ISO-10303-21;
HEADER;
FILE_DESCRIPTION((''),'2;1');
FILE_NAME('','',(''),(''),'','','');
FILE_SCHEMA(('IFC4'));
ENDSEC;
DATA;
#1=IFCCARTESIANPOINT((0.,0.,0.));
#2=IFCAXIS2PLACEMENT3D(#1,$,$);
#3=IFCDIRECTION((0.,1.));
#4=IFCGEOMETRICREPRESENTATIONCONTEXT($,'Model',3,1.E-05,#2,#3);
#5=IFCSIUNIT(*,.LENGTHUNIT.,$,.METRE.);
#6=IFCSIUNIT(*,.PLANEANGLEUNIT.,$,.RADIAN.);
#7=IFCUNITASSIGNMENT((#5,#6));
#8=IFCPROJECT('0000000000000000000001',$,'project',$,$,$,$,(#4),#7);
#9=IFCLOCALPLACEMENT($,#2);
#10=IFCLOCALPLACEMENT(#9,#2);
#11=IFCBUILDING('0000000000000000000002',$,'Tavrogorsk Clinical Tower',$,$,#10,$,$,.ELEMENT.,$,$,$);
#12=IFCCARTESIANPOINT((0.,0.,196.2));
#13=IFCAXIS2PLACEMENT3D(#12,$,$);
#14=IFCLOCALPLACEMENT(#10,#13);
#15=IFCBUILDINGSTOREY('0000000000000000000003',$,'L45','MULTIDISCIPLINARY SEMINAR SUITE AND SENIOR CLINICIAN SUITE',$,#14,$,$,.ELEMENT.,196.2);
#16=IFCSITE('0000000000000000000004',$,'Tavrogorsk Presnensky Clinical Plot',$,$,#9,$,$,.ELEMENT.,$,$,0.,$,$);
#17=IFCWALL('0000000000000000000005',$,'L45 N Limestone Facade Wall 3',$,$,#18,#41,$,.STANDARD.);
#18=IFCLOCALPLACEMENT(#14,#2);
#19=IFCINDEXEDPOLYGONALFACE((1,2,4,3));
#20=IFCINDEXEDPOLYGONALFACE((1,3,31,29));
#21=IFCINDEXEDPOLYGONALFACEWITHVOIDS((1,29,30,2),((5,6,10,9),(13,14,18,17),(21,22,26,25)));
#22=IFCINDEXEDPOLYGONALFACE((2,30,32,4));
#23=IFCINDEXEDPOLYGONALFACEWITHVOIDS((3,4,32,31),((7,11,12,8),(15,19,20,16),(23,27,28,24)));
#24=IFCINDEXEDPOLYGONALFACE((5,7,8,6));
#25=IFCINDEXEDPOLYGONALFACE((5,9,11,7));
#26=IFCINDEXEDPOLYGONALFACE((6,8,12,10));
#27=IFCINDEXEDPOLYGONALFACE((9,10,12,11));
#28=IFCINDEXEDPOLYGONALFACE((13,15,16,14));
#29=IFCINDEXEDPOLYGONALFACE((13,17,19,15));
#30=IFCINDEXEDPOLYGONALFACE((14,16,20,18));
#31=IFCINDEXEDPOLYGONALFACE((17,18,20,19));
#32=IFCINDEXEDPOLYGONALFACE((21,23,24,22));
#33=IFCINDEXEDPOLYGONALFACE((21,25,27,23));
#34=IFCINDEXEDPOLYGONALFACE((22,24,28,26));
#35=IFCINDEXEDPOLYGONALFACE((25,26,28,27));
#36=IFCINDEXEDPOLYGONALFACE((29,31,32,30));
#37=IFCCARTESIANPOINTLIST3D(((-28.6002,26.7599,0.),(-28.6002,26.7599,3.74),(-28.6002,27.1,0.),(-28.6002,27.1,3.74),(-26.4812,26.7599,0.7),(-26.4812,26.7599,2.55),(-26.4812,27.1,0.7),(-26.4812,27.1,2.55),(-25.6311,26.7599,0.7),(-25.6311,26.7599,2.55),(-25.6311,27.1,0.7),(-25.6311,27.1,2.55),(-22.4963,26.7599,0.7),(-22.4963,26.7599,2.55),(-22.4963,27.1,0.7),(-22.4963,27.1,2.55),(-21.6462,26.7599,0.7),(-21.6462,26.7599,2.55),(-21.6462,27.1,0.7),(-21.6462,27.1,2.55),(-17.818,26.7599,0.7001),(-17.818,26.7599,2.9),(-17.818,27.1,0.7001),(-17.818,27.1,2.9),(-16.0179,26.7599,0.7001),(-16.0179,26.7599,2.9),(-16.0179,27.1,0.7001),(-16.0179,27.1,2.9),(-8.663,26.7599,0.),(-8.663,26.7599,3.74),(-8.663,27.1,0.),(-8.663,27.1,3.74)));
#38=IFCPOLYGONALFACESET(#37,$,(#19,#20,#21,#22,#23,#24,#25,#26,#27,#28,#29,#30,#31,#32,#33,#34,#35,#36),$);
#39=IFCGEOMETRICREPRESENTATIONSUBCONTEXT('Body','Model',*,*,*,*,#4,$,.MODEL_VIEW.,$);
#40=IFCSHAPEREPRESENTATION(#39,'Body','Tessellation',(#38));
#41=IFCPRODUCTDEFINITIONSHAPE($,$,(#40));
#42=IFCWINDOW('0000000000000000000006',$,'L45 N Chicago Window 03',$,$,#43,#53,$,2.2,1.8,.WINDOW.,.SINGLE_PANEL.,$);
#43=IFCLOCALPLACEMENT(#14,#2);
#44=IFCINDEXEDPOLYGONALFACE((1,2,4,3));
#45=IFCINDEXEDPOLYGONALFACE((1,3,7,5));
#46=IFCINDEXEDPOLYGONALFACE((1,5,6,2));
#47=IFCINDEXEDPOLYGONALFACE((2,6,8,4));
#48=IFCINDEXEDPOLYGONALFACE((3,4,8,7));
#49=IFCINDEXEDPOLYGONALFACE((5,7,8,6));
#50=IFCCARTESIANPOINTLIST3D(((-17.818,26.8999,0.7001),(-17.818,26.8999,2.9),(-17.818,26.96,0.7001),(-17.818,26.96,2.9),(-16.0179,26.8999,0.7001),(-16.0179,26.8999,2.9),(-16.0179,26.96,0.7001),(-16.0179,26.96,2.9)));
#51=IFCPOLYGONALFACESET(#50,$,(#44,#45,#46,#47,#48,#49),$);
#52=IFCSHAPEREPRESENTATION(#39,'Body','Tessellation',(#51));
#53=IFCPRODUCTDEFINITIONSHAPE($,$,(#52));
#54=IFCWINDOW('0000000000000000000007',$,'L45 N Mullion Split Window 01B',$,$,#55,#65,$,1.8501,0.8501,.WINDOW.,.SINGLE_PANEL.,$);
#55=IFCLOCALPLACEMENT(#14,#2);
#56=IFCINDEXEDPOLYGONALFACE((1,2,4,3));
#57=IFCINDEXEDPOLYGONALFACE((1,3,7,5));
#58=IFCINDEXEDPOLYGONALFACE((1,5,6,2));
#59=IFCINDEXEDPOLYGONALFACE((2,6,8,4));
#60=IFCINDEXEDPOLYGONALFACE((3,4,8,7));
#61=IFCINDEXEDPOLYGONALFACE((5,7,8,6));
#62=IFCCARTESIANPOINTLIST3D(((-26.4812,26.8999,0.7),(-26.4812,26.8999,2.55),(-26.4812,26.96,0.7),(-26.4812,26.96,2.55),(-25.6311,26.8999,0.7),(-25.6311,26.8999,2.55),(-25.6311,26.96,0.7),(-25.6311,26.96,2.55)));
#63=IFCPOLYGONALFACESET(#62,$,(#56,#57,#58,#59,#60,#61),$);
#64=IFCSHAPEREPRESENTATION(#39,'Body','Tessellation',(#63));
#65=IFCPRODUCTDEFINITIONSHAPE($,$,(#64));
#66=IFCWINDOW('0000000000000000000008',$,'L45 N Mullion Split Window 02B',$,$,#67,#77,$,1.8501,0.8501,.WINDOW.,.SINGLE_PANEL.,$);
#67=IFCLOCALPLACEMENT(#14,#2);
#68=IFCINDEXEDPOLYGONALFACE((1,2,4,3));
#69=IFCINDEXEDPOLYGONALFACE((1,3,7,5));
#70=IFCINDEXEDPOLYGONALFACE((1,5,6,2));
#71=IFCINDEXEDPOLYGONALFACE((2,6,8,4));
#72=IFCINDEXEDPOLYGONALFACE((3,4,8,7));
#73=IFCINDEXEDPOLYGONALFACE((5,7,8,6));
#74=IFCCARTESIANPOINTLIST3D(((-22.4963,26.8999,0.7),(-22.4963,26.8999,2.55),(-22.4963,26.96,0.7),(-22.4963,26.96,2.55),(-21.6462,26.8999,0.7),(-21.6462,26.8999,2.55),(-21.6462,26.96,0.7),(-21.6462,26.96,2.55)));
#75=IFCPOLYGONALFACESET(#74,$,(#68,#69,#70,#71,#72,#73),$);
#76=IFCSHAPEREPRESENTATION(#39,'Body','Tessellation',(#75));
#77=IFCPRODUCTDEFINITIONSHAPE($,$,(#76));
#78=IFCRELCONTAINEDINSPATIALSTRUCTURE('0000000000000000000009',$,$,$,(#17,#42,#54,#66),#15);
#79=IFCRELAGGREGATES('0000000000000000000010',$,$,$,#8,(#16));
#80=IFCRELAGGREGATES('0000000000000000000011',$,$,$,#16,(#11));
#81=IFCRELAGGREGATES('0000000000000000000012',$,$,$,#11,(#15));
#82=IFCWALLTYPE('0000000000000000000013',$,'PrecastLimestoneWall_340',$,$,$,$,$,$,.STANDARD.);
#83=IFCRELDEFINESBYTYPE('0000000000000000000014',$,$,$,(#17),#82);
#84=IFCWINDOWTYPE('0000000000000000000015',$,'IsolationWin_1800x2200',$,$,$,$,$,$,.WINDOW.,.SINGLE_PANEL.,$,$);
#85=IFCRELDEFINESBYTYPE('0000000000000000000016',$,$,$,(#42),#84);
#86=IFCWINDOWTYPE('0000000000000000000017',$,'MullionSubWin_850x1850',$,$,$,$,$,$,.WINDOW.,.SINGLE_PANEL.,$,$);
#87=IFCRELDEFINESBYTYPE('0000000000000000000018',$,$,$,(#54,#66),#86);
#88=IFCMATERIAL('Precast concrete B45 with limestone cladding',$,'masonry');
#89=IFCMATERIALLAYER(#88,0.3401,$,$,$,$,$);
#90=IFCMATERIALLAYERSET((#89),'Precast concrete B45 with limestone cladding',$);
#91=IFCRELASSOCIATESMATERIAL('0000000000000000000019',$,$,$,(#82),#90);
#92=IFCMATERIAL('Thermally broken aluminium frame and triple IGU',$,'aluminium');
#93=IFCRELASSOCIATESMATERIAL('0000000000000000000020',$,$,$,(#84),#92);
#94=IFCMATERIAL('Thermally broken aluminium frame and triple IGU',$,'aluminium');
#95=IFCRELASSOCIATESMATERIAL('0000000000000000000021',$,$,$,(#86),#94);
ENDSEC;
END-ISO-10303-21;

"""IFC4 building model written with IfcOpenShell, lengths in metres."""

from ifc_helpers import new_model, si_unit, direction, frame, frame_2d, origin, place, context, subcontext, project, spatial, rectangle, extrude, material, layer, layer_set, type_object, element, fill, save


model = new_model("IFC4")

# Units and contexts
model_context = context("Model", 3, precision=1e-05, world=origin(), true_north=direction((0.0, 1.0)))
body_context = subcontext(model_context, "Body", "Model", "MODEL_VIEW")
ifc_project = project(units=[si_unit("LENGTHUNIT", "METRE"), si_unit("PLANEANGLEUNIT", "RADIAN")], contexts=[model_context])

# Site, building, storey
site_placement = place(None, origin())
site = spatial("IfcSite", under=ifc_project, at=site_placement, Name="Tavrogorsk Presnensky Clinical Plot", CompositionType="ELEMENT", RefElevation=0.0)
building_placement = place(site_placement, origin())
building = spatial("IfcBuilding", under=site, at=building_placement, Name="Tavrogorsk Clinical Tower", CompositionType="ELEMENT")
storey_placement = place(building_placement, frame((0.0, 0.0, 196.2)))
storey = spatial("IfcBuildingStorey", under=building, at=storey_placement, Name="L45", Description="MULTIDISCIPLINARY SEMINAR SUITE AND SENIOR CLINICIAN SUITE", CompositionType="ELEMENT", Elevation=196.2)

# Wall, openings, windows
ifc_material_1 = material(Name="Precast concrete B45 with limestone cladding", Category="masonry")
ifc_layer_1 = layer(ifc_material_1, 0.3401)
ifc_layer_set_1 = layer_set([ifc_layer_1], Name="Precast concrete B45 with limestone cladding")
wall_type_1 = type_object("IfcWallType", Name="PrecastLimestoneWall_340", PredefinedType="STANDARD", material=ifc_layer_set_1)
wall_placement = place(storey_placement, frame((-8.6628, 26.9299, 0.0), z_axis=(0.0, 0.0, 1.0), x_axis=(-1.0, 0.0, 0.0)))
wall = element("IfcWall", 1, at=wall_placement, inside=storey, type_object=wall_type_1, Name="L45 N Limestone Facade Wall 3", PredefinedType="STANDARD", context=body_context, shape_type="SweptSolid", body=[
    extrude(rectangle(XDim=19.9373, YDim=0.3401, at=frame_2d((9.9688, 0.0))), origin(), (0.0, 0.0, 1.0), 3.74),
])
opening_1_placement = place(wall_placement, frame((16.9683, 0.0, 0.7)))
opening_1 = element("IfcOpeningElement", 2, at=opening_1_placement, cuts=wall, PredefinedType="OPENING", context=body_context, shape_type="SweptSolid", body=[
    extrude(rectangle(XDim=0.8501, YDim=1.8501, at=frame_2d((0.425, 0.925))), frame((0.0, 0.1799, 0.0), z_axis=(0.0, -1.0, 0.0), x_axis=(1.0, 0.0, 0.0)), (0.0, 0.0, 1.0), 0.3601),
])
opening_2_placement = place(wall_placement, frame((12.9834, 0.0, 0.7)))
opening_2 = element("IfcOpeningElement", 3, at=opening_2_placement, cuts=wall, PredefinedType="OPENING", context=body_context, shape_type="SweptSolid", body=[
    extrude(rectangle(XDim=0.8501, YDim=1.8501, at=frame_2d((0.425, 0.925))), frame((0.0, 0.1799, 0.0), z_axis=(0.0, -1.0, 0.0), x_axis=(1.0, 0.0, 0.0)), (0.0, 0.0, 1.0), 0.3601),
])
opening_3_placement = place(wall_placement, frame((7.3552, 0.0, 0.7)))
opening_3 = element("IfcOpeningElement", 4, at=opening_3_placement, cuts=wall, PredefinedType="OPENING", context=body_context, shape_type="SweptSolid", body=[
    extrude(rectangle(XDim=1.8, YDim=2.2, at=frame_2d((0.8999, 1.1001))), frame((0.0, 0.1799, 0.0), z_axis=(0.0, -1.0, 0.0), x_axis=(1.0, 0.0, 0.0)), (0.0, 0.0, 1.0), 0.3601),
])
ifc_material_2 = material(Name="Thermally broken aluminium frame and triple IGU", Category="aluminium")
window_type_1 = type_object("IfcWindowType", Name="IsolationWin_1800x2200", PartitioningType="SINGLE_PANEL", PredefinedType="WINDOW", material=ifc_material_2)
window_1_placement = place(opening_3_placement, origin())
window_1 = element("IfcWindow", 5, at=window_1_placement, inside=storey, type_object=window_type_1, Name="L45 N Chicago Window 03", OverallHeight=2.2, OverallWidth=1.8, PartitioningType="SINGLE_PANEL", PredefinedType="WINDOW", context=body_context, shape_type="SweptSolid", body=[
    extrude(rectangle(XDim=1.8, YDim=2.2, at=frame_2d((0.8999, 1.1001))), frame((0.0, 0.03, 0.0), z_axis=(0.0, -1.0, 0.0), x_axis=(1.0, 0.0, 0.0)), (0.0, 0.0, 1.0), 0.0601),
])
fill(opening_3, window_1)
ifc_material_3 = material(Name="Thermally broken aluminium frame and triple IGU", Category="aluminium")
window_type_2 = type_object("IfcWindowType", Name="MullionSubWin_850x1850", PartitioningType="SINGLE_PANEL", PredefinedType="WINDOW", material=ifc_material_3)
window_2_placement = place(opening_1_placement, origin())
window_2 = element("IfcWindow", 6, at=window_2_placement, inside=storey, type_object=window_type_2, Name="L45 N Mullion Split Window 01B", OverallHeight=1.8501, OverallWidth=0.8501, PartitioningType="SINGLE_PANEL", PredefinedType="WINDOW", context=body_context, shape_type="SweptSolid", body=[
    extrude(rectangle(XDim=0.8501, YDim=1.8501, at=frame_2d((0.425, 0.925))), frame((0.0, 0.03, 0.0), z_axis=(0.0, -1.0, 0.0), x_axis=(1.0, 0.0, 0.0)), (0.0, 0.0, 1.0), 0.0601),
])
fill(opening_1, window_2)
window_3_placement = place(opening_2_placement, origin())
window_3 = element("IfcWindow", 7, at=window_3_placement, inside=storey, type_object=window_type_2, Name="L45 N Mullion Split Window 02B", OverallHeight=1.8501, OverallWidth=0.8501, PartitioningType="SINGLE_PANEL", PredefinedType="WINDOW", context=body_context, shape_type="SweptSolid", body=[
    extrude(rectangle(XDim=0.8501, YDim=1.8501, at=frame_2d((0.425, 0.925))), frame((0.0, 0.03, 0.0), z_axis=(0.0, -1.0, 0.0), x_axis=(1.0, 0.0, 0.0)), (0.0, 0.0, 1.0), 0.0601),
])
fill(opening_2, window_3)

save(model, "model.ifc")
